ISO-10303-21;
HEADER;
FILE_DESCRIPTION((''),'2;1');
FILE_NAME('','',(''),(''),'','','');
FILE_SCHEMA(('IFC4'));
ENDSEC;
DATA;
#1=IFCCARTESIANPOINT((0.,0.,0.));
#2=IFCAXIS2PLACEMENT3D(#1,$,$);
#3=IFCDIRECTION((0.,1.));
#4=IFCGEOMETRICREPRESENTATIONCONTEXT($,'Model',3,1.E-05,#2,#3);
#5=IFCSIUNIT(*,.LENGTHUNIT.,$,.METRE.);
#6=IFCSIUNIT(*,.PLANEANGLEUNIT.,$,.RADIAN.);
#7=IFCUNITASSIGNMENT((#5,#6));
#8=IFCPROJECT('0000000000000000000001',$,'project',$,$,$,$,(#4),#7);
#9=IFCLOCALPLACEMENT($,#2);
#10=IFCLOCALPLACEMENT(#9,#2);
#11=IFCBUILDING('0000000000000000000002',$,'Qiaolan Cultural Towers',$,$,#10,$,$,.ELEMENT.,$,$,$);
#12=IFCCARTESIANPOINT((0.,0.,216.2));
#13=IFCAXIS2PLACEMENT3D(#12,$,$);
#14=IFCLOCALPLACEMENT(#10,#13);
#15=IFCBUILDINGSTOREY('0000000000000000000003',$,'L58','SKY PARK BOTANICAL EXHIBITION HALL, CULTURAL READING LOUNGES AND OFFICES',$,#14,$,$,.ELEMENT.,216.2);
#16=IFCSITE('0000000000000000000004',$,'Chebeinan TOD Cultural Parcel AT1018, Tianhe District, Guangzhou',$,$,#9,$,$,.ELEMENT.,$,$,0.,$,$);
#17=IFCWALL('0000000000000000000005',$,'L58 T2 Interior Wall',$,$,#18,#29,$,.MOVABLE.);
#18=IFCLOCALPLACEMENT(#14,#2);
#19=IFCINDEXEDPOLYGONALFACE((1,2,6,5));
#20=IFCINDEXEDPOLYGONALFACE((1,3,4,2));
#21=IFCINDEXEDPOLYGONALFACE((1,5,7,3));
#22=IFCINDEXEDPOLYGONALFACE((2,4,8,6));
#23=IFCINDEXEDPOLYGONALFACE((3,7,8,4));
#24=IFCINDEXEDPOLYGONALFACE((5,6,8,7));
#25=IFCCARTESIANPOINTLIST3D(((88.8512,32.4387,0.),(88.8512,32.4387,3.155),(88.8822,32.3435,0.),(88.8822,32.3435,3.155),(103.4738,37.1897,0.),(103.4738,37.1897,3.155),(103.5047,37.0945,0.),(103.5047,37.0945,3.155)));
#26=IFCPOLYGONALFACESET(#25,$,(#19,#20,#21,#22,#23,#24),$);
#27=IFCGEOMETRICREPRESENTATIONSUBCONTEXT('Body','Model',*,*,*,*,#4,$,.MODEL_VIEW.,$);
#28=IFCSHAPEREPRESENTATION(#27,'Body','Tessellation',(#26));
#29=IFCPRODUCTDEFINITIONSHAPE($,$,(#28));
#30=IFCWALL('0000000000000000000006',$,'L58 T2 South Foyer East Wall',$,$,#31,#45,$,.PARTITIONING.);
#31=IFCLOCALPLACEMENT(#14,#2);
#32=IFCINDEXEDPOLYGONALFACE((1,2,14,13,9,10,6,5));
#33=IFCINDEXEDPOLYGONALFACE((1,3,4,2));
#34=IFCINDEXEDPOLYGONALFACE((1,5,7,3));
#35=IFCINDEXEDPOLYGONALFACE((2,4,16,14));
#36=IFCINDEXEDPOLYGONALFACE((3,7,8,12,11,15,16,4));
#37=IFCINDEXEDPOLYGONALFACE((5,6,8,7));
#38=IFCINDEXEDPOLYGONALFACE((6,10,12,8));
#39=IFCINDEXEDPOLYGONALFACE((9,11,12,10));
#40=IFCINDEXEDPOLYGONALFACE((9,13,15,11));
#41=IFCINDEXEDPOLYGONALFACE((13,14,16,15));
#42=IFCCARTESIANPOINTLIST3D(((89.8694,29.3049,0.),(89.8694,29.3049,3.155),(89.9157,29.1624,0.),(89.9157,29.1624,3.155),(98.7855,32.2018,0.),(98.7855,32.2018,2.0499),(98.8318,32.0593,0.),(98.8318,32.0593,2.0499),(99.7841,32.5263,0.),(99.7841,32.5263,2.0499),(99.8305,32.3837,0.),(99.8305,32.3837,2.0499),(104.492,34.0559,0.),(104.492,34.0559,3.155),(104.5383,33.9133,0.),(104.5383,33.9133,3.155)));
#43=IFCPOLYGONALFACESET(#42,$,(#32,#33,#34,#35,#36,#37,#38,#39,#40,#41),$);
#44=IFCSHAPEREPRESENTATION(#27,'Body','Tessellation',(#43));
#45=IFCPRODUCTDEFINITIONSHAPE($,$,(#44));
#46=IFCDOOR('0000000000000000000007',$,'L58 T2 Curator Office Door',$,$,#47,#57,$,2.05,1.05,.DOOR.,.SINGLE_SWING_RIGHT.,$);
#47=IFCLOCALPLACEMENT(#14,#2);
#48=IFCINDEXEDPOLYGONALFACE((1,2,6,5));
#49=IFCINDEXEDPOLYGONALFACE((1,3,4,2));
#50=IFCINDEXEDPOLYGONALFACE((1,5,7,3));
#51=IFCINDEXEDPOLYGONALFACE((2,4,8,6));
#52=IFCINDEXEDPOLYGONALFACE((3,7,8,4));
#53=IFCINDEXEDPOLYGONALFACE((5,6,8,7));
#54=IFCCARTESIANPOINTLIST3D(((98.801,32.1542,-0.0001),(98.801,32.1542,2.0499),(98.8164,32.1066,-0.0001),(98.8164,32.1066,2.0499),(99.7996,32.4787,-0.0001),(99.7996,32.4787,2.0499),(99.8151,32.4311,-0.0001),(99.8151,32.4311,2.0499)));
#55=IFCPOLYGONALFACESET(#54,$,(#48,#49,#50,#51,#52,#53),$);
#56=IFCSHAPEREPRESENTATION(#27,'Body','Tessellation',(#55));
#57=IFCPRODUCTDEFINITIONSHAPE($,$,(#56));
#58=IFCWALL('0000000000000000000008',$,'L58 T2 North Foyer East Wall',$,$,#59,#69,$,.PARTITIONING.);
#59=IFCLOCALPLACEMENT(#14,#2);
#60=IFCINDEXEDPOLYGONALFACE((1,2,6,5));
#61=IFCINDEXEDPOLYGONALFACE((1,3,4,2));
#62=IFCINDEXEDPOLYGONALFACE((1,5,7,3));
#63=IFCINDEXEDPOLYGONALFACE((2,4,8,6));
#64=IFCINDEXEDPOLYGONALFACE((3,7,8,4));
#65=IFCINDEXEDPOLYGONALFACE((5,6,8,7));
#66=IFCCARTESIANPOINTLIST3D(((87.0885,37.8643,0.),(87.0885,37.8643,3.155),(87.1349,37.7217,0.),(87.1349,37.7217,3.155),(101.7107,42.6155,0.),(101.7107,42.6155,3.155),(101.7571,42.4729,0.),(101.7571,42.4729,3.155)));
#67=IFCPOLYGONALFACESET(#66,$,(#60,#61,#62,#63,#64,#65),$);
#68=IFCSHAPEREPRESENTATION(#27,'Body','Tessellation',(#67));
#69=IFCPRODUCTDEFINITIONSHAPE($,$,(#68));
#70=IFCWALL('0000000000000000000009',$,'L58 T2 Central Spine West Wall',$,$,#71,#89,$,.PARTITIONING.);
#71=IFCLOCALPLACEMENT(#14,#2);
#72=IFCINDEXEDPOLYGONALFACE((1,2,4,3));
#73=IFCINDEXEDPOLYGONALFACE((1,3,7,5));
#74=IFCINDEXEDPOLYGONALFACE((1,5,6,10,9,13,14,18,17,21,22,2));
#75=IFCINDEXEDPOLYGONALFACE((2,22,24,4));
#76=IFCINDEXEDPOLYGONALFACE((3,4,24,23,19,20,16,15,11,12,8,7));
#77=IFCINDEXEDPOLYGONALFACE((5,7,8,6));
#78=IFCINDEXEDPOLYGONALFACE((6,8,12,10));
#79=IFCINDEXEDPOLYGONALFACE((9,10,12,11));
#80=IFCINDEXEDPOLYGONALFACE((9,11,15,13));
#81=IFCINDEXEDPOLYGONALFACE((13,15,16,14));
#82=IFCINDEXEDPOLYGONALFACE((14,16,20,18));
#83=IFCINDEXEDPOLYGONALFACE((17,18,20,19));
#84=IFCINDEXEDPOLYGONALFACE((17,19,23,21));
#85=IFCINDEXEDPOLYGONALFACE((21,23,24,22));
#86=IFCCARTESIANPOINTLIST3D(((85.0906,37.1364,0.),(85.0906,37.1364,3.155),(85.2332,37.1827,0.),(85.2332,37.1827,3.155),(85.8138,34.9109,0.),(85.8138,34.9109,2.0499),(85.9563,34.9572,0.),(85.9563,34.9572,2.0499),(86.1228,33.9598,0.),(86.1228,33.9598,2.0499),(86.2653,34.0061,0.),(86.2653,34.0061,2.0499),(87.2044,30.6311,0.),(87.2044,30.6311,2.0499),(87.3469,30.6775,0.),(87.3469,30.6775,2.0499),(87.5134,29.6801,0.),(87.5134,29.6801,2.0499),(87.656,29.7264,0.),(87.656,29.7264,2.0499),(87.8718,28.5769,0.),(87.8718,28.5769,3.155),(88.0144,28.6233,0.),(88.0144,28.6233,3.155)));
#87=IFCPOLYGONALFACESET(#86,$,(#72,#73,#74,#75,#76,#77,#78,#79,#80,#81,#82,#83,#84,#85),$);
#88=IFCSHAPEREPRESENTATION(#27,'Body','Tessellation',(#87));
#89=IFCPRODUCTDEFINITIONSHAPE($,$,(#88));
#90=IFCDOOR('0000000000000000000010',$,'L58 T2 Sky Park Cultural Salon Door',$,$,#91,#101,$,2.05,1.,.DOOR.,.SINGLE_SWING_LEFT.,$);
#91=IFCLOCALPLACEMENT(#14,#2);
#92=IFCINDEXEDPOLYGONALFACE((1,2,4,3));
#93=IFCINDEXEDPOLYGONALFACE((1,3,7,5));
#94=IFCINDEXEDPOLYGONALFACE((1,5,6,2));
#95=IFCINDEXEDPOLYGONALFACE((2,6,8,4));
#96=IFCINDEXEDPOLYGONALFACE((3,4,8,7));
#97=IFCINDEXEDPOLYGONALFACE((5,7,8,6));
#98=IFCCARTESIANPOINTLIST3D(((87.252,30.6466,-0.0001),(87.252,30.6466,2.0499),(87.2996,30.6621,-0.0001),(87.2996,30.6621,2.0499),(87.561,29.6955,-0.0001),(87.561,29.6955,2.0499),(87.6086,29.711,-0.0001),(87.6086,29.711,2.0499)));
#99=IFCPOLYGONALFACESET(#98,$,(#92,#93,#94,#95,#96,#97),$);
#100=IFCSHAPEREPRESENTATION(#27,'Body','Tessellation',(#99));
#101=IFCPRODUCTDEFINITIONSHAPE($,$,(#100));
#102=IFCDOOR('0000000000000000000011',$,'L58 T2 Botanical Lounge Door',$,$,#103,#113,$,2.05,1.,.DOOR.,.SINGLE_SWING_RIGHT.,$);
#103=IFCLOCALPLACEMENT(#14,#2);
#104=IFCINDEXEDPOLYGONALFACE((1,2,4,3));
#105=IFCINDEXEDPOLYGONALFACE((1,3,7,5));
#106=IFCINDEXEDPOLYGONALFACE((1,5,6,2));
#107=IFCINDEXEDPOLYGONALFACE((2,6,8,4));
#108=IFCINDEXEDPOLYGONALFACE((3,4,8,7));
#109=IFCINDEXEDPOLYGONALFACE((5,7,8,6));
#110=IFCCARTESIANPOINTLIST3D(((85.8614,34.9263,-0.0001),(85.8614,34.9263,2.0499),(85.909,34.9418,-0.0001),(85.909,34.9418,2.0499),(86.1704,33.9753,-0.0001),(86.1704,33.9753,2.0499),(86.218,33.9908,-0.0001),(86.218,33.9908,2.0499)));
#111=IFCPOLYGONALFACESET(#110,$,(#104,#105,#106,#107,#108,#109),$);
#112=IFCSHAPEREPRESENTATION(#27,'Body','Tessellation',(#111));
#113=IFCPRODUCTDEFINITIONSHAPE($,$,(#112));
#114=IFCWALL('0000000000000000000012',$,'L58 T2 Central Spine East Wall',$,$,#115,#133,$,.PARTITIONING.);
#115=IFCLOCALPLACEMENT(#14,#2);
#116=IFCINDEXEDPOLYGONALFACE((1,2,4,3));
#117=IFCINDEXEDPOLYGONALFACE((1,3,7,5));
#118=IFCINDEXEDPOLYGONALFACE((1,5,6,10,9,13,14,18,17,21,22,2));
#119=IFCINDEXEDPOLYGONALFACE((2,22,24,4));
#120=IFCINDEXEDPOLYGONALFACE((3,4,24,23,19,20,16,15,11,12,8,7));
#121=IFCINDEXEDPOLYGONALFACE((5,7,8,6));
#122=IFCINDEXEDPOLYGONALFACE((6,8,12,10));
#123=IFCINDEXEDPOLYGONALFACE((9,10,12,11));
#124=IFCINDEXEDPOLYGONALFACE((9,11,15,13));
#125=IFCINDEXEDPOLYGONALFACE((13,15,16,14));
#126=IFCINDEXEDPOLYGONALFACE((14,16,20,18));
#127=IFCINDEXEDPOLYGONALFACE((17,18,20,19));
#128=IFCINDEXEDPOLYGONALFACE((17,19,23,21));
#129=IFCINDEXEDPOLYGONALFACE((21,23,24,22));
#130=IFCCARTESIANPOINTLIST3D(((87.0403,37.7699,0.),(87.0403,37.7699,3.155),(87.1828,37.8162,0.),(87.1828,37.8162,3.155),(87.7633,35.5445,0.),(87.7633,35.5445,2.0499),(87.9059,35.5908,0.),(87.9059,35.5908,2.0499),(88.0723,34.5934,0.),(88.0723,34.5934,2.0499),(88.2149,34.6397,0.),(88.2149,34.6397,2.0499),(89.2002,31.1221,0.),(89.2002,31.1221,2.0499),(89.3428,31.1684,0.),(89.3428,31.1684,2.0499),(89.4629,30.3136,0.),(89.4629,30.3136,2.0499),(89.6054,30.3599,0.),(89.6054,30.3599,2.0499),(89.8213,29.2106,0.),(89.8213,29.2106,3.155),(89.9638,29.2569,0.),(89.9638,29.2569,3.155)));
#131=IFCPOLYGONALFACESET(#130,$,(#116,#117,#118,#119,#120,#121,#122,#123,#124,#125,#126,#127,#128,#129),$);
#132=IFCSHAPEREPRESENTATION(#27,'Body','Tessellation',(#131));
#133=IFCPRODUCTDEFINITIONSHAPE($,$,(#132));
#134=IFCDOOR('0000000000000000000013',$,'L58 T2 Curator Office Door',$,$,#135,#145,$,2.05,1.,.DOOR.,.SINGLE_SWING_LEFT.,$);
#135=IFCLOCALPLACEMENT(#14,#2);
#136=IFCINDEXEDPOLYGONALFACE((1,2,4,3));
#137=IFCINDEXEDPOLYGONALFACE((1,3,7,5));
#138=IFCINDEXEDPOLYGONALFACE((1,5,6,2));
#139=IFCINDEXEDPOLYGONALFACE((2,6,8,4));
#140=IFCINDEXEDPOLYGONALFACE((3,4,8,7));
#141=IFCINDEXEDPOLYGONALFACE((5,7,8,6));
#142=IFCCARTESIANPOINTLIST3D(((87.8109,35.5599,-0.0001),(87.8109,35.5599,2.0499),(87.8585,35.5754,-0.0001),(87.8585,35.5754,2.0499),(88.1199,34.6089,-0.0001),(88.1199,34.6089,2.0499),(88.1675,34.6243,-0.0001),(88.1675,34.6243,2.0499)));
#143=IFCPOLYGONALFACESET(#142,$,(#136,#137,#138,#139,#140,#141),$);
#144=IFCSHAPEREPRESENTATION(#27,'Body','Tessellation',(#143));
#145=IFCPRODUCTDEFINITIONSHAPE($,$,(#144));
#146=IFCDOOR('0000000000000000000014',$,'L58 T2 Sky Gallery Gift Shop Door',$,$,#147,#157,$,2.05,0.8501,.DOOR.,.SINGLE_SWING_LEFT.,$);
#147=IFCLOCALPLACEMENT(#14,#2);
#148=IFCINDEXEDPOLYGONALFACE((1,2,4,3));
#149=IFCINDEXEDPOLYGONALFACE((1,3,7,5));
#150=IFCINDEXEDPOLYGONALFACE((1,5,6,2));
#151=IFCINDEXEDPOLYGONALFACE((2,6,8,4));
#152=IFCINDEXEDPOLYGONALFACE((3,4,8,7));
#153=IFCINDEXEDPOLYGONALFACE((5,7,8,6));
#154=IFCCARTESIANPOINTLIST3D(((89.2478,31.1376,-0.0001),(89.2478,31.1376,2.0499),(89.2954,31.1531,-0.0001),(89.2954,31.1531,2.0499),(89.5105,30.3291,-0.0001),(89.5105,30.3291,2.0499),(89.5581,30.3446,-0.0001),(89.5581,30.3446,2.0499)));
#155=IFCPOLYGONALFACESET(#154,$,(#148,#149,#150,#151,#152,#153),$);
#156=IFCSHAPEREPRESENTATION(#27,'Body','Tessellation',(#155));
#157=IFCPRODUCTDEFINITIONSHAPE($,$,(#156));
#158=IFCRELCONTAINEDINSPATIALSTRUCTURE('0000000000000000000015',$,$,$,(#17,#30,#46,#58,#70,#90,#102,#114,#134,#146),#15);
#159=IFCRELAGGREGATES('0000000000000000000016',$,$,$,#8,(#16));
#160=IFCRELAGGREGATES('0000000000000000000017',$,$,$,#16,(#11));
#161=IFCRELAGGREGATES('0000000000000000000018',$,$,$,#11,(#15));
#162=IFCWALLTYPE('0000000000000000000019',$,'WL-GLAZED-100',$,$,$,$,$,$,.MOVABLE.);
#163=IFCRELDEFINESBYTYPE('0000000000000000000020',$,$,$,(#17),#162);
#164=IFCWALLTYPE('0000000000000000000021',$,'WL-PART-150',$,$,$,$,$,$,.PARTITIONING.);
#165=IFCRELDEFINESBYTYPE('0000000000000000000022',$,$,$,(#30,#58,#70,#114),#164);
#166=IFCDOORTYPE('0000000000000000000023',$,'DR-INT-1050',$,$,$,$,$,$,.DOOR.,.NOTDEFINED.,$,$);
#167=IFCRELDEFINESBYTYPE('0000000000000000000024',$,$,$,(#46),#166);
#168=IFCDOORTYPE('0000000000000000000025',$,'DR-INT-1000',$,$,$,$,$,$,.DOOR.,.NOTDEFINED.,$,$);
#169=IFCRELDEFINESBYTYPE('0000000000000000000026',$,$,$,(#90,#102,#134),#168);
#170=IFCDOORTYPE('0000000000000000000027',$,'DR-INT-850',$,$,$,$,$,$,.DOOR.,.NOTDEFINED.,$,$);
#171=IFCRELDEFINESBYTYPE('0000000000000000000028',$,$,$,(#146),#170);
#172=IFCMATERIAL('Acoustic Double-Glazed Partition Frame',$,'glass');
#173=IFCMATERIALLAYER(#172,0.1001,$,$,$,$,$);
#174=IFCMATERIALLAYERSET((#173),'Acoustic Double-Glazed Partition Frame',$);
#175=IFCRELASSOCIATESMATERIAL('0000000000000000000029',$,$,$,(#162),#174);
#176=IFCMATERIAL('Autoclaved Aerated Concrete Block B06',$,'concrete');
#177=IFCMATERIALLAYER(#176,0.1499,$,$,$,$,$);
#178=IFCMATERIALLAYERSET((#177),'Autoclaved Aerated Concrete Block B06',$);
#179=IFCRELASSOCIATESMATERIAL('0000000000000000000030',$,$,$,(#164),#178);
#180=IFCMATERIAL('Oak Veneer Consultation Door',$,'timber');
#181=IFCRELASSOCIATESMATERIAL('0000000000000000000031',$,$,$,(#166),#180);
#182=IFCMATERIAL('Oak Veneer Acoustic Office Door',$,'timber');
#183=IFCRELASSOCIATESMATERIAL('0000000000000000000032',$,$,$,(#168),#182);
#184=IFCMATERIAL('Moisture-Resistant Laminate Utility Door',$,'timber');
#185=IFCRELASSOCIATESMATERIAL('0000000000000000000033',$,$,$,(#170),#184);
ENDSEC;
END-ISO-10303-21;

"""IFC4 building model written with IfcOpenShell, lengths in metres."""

from ifc_helpers import new_model, si_unit, direction, frame, frame_2d, origin, place, context, subcontext, project, spatial, rectangle, extrude, material, layer, layer_set, type_object, element, fill, save


model = new_model("IFC4")

# Units and contexts
model_context = context("Model", 3, precision=1e-05, world=origin(), true_north=direction((0.0, 1.0)))
body_context = subcontext(model_context, "Body", "Model", "MODEL_VIEW")
ifc_project = project(units=[si_unit("LENGTHUNIT", "METRE"), si_unit("PLANEANGLEUNIT", "RADIAN")], contexts=[model_context])

# Site, building, storey
site_placement = place(None, origin())
site = spatial("IfcSite", under=ifc_project, at=site_placement, Name="Chebeinan TOD Cultural Parcel AT1018, Tianhe District, Guangzhou", CompositionType="ELEMENT", RefElevation=0.0)
building_placement = place(site_placement, origin())
building = spatial("IfcBuilding", under=site, at=building_placement, Name="Qiaolan Cultural Towers", CompositionType="ELEMENT")
storey_placement = place(building_placement, frame((0.0, 0.0, 216.2)))
storey = spatial("IfcBuildingStorey", under=building, at=storey_placement, Name="L58", Description="SKY PARK BOTANICAL EXHIBITION HALL, CULTURAL READING LOUNGES AND OFFICES", CompositionType="ELEMENT", Elevation=216.2)

# Wall
ifc_material_1 = material(Name="Acoustic Double-Glazed Partition Frame", Category="glass")
ifc_layer_1 = layer(ifc_material_1, 0.1001)
ifc_layer_set_1 = layer_set([ifc_layer_1], Name="Acoustic Double-Glazed Partition Frame")
wall_type_1 = type_object("IfcWallType", Name="WL-GLAZED-100", PredefinedType="MOVABLE", material=ifc_layer_set_1)
wall_1_placement = place(storey_placement, frame((88.8667, 32.3911, 0.0), z_axis=(0.0, 0.0, 1.0), x_axis=(0.95106, 0.309006, 0.0)))
element("IfcWall", 1, at=wall_1_placement, inside=storey, type_object=wall_type_1, Name="L58 T2 Interior Wall", PredefinedType="MOVABLE", context=body_context, shape_type="SweptSolid", body=[
    extrude(rectangle(XDim=15.375, YDim=0.1001, at=frame_2d((7.6875, 0.0))), origin(), (0.0, 0.0, 1.0), 3.155),
])

# Wall, opening, door
ifc_material_2 = material(Name="Autoclaved Aerated Concrete Block B06", Category="concrete")
ifc_layer_2 = layer(ifc_material_2, 0.1499)
ifc_layer_set_2 = layer_set([ifc_layer_2], Name="Autoclaved Aerated Concrete Block B06")
wall_type_2 = type_object("IfcWallType", Name="WL-PART-150", PredefinedType="PARTITIONING", material=ifc_layer_set_2)
wall_2_placement = place(storey_placement, frame((89.8926, 29.2336, 0.0), z_axis=(0.0, 0.0, 1.0), x_axis=(0.95106, 0.309006, 0.0)))
wall_2 = element("IfcWall", 2, at=wall_2_placement, inside=storey, type_object=wall_type_2, Name="L58 T2 South Foyer East Wall", PredefinedType="PARTITIONING", context=body_context, shape_type="SweptSolid", body=[
    extrude(rectangle(XDim=15.375, YDim=0.1499, at=frame_2d((7.6875, 0.0))), origin(), (0.0, 0.0, 1.0), 3.155),
])
opening_1_placement = place(wall_2_placement, frame((9.375, 0.0, 0.0)))
opening_1 = element("IfcOpeningElement", 3, at=opening_1_placement, cuts=wall_2, PredefinedType="OPENING", context=body_context, shape_type="SweptSolid", body=[
    extrude(rectangle(XDim=1.05, YDim=2.05, at=frame_2d((0.5249, 1.0249))), frame((0.0, 0.085, 0.0), z_axis=(0.0, -1.0, 0.0), x_axis=(1.0, 0.0, 0.0)), (0.0, 0.0, 1.0), 0.1699),
])
ifc_material_3 = material(Name="Oak Veneer Consultation Door", Category="timber")
door_type_1 = type_object("IfcDoorType", Name="DR-INT-1050", OperationType="NOTDEFINED", PredefinedType="DOOR", material=ifc_material_3)
door_1_placement = place(opening_1_placement, origin())
door_1 = element("IfcDoor", 4, at=door_1_placement, inside=storey, type_object=door_type_1, Name="L58 T2 Curator Office Door", OperationType="SINGLE_SWING_RIGHT", OverallHeight=2.05, OverallWidth=1.05, PredefinedType="DOOR", context=body_context, shape_type="SweptSolid", body=[
    extrude(rectangle(XDim=1.05, YDim=2.05, at=frame_2d((0.5249, 1.0249))), frame((0.0, 0.0249, 0.0), z_axis=(0.0, -1.0, 0.0), x_axis=(1.0, 0.0, 0.0)), (0.0, 0.0, 1.0), 0.05),
])
fill(opening_1, door_1)

# Wall
wall_3_placement = place(storey_placement, frame((87.1116, 37.793, 0.0), z_axis=(0.0, 0.0, 1.0), x_axis=(0.951054, 0.309025, 0.0)))
element("IfcWall", 5, at=wall_3_placement, inside=storey, type_object=wall_type_2, Name="L58 T2 North Foyer East Wall", PredefinedType="PARTITIONING", context=body_context, shape_type="SweptSolid", body=[
    extrude(rectangle(XDim=15.3748, YDim=0.1499, at=frame_2d((7.6875, 0.0))), origin(), (0.0, 0.0, 1.0), 3.155),
])

# Walls, openings, doors
wall_4_placement = place(storey_placement, frame((87.9431, 28.6001, 0.0), z_axis=(0.0, 0.0, 1.0), x_axis=(-0.309025, 0.951054, 0.0)))
wall_4 = element("IfcWall", 6, at=wall_4_placement, inside=storey, type_object=wall_type_2, Name="L58 T2 Central Spine West Wall", PredefinedType="PARTITIONING", context=body_context, shape_type="SweptSolid", body=[
    extrude(rectangle(XDim=9.0, YDim=0.1499, at=frame_2d((4.5, 0.0))), origin(), (0.0, 0.0, 1.0), 3.155),
])
opening_2_placement = place(wall_4_placement, frame((1.1599, 0.0, 0.0)))
opening_2 = element("IfcOpeningElement", 7, at=opening_2_placement, cuts=wall_4, PredefinedType="OPENING", context=body_context, shape_type="SweptSolid", body=[
    extrude(rectangle(XDim=1.0, YDim=2.05, at=frame_2d((0.5, 1.0249))), frame((0.0, 0.085, 0.0), z_axis=(0.0, -1.0, 0.0), x_axis=(1.0, 0.0, 0.0)), (0.0, 0.0, 1.0), 0.1699),
])
opening_3_placement = place(wall_4_placement, frame((5.6599, 0.0, 0.0)))
opening_3 = element("IfcOpeningElement", 8, at=opening_3_placement, cuts=wall_4, PredefinedType="OPENING", context=body_context, shape_type="SweptSolid", body=[
    extrude(rectangle(XDim=1.0, YDim=2.05, at=frame_2d((0.5, 1.0249))), frame((0.0, 0.085, 0.0), z_axis=(0.0, -1.0, 0.0), x_axis=(1.0, 0.0, 0.0)), (0.0, 0.0, 1.0), 0.1699),
])
ifc_material_4 = material(Name="Oak Veneer Acoustic Office Door", Category="timber")
door_type_2 = type_object("IfcDoorType", Name="DR-INT-1000", OperationType="NOTDEFINED", PredefinedType="DOOR", material=ifc_material_4)
door_2_placement = place(opening_2_placement, origin())
door_2 = element("IfcDoor", 9, at=door_2_placement, inside=storey, type_object=door_type_2, Name="L58 T2 Sky Park Cultural Salon Door", OperationType="SINGLE_SWING_LEFT", OverallHeight=2.05, OverallWidth=1.0, PredefinedType="DOOR", context=body_context, shape_type="SweptSolid", body=[
    extrude(rectangle(XDim=1.0, YDim=2.05, at=frame_2d((0.5, 1.0249))), frame((0.0, 0.0249, 0.0), z_axis=(0.0, -1.0, 0.0), x_axis=(1.0, 0.0, 0.0)), (0.0, 0.0, 1.0), 0.05),
])
fill(opening_2, door_2)
door_3_placement = place(opening_3_placement, origin())
door_3 = element("IfcDoor", 10, at=door_3_placement, inside=storey, type_object=door_type_2, Name="L58 T2 Botanical Lounge Door", OperationType="SINGLE_SWING_RIGHT", OverallHeight=2.05, OverallWidth=1.0, PredefinedType="DOOR", context=body_context, shape_type="SweptSolid", body=[
    extrude(rectangle(XDim=1.0, YDim=2.05, at=frame_2d((0.5, 1.0249))), frame((0.0, 0.0249, 0.0), z_axis=(0.0, -1.0, 0.0), x_axis=(1.0, 0.0, 0.0)), (0.0, 0.0, 1.0), 0.05),
])
fill(opening_3, door_3)
wall_5_placement = place(storey_placement, frame((89.8926, 29.2336, 0.0), z_axis=(0.0, 0.0, 1.0), x_axis=(-0.309008, 0.951059, 0.0)))
wall_5 = element("IfcWall", 11, at=wall_5_placement, inside=storey, type_object=wall_type_2, Name="L58 T2 Central Spine East Wall", PredefinedType="PARTITIONING", context=body_context, shape_type="SweptSolid", body=[
    extrude(rectangle(XDim=8.9998, YDim=0.1499, at=frame_2d((4.5, 0.0))), origin(), (0.0, 0.0, 1.0), 3.155),
])
opening_4_placement = place(wall_5_placement, frame((1.1599, 0.0, 0.0)))
opening_4 = element("IfcOpeningElement", 12, at=opening_4_placement, cuts=wall_5, PredefinedType="OPENING", context=body_context, shape_type="SweptSolid", body=[
    extrude(rectangle(XDim=0.8501, YDim=2.05, at=frame_2d((0.425, 1.0249))), frame((0.0, 0.085, 0.0), z_axis=(0.0, -1.0, 0.0), x_axis=(1.0, 0.0, 0.0)), (0.0, 0.0, 1.0), 0.1699),
])
opening_5_placement = place(wall_5_placement, frame((5.6599, 0.0, 0.0)))
opening_5 = element("IfcOpeningElement", 13, at=opening_5_placement, cuts=wall_5, PredefinedType="OPENING", context=body_context, shape_type="SweptSolid", body=[
    extrude(rectangle(XDim=1.0, YDim=2.05, at=frame_2d((0.5, 1.0249))), frame((0.0, 0.085, 0.0), z_axis=(0.0, -1.0, 0.0), x_axis=(1.0, 0.0, 0.0)), (0.0, 0.0, 1.0), 0.1699),
])
door_4_placement = place(opening_5_placement, origin())
door_4 = element("IfcDoor", 14, at=door_4_placement, inside=storey, type_object=door_type_2, Name="L58 T2 Curator Office Door", OperationType="SINGLE_SWING_LEFT", OverallHeight=2.05, OverallWidth=1.0, PredefinedType="DOOR", context=body_context, shape_type="SweptSolid", body=[
    extrude(rectangle(XDim=1.0, YDim=2.05, at=frame_2d((0.5, 1.0249))), frame((0.0, 0.0249, 0.0), z_axis=(0.0, -1.0, 0.0), x_axis=(1.0, 0.0, 0.0)), (0.0, 0.0, 1.0), 0.05),
])
fill(opening_5, door_4)
ifc_material_5 = material(Name="Moisture-Resistant Laminate Utility Door", Category="timber")
door_type_3 = type_object("IfcDoorType", Name="DR-INT-850", OperationType="NOTDEFINED", PredefinedType="DOOR", material=ifc_material_5)
door_5_placement = place(opening_4_placement, origin())
door_5 = element("IfcDoor", 15, at=door_5_placement, inside=storey, type_object=door_type_3, Name="L58 T2 Sky Gallery Gift Shop Door", OperationType="SINGLE_SWING_LEFT", OverallHeight=2.05, OverallWidth=0.8501, PredefinedType="DOOR", context=body_context, shape_type="SweptSolid", body=[
    extrude(rectangle(XDim=0.8501, YDim=2.05, at=frame_2d((0.425, 1.0249))), frame((0.0, 0.0249, 0.0), z_axis=(0.0, -1.0, 0.0), x_axis=(1.0, 0.0, 0.0)), (0.0, 0.0, 1.0), 0.05),
])
fill(opening_4, door_5)

save(model, "model.ifc")
